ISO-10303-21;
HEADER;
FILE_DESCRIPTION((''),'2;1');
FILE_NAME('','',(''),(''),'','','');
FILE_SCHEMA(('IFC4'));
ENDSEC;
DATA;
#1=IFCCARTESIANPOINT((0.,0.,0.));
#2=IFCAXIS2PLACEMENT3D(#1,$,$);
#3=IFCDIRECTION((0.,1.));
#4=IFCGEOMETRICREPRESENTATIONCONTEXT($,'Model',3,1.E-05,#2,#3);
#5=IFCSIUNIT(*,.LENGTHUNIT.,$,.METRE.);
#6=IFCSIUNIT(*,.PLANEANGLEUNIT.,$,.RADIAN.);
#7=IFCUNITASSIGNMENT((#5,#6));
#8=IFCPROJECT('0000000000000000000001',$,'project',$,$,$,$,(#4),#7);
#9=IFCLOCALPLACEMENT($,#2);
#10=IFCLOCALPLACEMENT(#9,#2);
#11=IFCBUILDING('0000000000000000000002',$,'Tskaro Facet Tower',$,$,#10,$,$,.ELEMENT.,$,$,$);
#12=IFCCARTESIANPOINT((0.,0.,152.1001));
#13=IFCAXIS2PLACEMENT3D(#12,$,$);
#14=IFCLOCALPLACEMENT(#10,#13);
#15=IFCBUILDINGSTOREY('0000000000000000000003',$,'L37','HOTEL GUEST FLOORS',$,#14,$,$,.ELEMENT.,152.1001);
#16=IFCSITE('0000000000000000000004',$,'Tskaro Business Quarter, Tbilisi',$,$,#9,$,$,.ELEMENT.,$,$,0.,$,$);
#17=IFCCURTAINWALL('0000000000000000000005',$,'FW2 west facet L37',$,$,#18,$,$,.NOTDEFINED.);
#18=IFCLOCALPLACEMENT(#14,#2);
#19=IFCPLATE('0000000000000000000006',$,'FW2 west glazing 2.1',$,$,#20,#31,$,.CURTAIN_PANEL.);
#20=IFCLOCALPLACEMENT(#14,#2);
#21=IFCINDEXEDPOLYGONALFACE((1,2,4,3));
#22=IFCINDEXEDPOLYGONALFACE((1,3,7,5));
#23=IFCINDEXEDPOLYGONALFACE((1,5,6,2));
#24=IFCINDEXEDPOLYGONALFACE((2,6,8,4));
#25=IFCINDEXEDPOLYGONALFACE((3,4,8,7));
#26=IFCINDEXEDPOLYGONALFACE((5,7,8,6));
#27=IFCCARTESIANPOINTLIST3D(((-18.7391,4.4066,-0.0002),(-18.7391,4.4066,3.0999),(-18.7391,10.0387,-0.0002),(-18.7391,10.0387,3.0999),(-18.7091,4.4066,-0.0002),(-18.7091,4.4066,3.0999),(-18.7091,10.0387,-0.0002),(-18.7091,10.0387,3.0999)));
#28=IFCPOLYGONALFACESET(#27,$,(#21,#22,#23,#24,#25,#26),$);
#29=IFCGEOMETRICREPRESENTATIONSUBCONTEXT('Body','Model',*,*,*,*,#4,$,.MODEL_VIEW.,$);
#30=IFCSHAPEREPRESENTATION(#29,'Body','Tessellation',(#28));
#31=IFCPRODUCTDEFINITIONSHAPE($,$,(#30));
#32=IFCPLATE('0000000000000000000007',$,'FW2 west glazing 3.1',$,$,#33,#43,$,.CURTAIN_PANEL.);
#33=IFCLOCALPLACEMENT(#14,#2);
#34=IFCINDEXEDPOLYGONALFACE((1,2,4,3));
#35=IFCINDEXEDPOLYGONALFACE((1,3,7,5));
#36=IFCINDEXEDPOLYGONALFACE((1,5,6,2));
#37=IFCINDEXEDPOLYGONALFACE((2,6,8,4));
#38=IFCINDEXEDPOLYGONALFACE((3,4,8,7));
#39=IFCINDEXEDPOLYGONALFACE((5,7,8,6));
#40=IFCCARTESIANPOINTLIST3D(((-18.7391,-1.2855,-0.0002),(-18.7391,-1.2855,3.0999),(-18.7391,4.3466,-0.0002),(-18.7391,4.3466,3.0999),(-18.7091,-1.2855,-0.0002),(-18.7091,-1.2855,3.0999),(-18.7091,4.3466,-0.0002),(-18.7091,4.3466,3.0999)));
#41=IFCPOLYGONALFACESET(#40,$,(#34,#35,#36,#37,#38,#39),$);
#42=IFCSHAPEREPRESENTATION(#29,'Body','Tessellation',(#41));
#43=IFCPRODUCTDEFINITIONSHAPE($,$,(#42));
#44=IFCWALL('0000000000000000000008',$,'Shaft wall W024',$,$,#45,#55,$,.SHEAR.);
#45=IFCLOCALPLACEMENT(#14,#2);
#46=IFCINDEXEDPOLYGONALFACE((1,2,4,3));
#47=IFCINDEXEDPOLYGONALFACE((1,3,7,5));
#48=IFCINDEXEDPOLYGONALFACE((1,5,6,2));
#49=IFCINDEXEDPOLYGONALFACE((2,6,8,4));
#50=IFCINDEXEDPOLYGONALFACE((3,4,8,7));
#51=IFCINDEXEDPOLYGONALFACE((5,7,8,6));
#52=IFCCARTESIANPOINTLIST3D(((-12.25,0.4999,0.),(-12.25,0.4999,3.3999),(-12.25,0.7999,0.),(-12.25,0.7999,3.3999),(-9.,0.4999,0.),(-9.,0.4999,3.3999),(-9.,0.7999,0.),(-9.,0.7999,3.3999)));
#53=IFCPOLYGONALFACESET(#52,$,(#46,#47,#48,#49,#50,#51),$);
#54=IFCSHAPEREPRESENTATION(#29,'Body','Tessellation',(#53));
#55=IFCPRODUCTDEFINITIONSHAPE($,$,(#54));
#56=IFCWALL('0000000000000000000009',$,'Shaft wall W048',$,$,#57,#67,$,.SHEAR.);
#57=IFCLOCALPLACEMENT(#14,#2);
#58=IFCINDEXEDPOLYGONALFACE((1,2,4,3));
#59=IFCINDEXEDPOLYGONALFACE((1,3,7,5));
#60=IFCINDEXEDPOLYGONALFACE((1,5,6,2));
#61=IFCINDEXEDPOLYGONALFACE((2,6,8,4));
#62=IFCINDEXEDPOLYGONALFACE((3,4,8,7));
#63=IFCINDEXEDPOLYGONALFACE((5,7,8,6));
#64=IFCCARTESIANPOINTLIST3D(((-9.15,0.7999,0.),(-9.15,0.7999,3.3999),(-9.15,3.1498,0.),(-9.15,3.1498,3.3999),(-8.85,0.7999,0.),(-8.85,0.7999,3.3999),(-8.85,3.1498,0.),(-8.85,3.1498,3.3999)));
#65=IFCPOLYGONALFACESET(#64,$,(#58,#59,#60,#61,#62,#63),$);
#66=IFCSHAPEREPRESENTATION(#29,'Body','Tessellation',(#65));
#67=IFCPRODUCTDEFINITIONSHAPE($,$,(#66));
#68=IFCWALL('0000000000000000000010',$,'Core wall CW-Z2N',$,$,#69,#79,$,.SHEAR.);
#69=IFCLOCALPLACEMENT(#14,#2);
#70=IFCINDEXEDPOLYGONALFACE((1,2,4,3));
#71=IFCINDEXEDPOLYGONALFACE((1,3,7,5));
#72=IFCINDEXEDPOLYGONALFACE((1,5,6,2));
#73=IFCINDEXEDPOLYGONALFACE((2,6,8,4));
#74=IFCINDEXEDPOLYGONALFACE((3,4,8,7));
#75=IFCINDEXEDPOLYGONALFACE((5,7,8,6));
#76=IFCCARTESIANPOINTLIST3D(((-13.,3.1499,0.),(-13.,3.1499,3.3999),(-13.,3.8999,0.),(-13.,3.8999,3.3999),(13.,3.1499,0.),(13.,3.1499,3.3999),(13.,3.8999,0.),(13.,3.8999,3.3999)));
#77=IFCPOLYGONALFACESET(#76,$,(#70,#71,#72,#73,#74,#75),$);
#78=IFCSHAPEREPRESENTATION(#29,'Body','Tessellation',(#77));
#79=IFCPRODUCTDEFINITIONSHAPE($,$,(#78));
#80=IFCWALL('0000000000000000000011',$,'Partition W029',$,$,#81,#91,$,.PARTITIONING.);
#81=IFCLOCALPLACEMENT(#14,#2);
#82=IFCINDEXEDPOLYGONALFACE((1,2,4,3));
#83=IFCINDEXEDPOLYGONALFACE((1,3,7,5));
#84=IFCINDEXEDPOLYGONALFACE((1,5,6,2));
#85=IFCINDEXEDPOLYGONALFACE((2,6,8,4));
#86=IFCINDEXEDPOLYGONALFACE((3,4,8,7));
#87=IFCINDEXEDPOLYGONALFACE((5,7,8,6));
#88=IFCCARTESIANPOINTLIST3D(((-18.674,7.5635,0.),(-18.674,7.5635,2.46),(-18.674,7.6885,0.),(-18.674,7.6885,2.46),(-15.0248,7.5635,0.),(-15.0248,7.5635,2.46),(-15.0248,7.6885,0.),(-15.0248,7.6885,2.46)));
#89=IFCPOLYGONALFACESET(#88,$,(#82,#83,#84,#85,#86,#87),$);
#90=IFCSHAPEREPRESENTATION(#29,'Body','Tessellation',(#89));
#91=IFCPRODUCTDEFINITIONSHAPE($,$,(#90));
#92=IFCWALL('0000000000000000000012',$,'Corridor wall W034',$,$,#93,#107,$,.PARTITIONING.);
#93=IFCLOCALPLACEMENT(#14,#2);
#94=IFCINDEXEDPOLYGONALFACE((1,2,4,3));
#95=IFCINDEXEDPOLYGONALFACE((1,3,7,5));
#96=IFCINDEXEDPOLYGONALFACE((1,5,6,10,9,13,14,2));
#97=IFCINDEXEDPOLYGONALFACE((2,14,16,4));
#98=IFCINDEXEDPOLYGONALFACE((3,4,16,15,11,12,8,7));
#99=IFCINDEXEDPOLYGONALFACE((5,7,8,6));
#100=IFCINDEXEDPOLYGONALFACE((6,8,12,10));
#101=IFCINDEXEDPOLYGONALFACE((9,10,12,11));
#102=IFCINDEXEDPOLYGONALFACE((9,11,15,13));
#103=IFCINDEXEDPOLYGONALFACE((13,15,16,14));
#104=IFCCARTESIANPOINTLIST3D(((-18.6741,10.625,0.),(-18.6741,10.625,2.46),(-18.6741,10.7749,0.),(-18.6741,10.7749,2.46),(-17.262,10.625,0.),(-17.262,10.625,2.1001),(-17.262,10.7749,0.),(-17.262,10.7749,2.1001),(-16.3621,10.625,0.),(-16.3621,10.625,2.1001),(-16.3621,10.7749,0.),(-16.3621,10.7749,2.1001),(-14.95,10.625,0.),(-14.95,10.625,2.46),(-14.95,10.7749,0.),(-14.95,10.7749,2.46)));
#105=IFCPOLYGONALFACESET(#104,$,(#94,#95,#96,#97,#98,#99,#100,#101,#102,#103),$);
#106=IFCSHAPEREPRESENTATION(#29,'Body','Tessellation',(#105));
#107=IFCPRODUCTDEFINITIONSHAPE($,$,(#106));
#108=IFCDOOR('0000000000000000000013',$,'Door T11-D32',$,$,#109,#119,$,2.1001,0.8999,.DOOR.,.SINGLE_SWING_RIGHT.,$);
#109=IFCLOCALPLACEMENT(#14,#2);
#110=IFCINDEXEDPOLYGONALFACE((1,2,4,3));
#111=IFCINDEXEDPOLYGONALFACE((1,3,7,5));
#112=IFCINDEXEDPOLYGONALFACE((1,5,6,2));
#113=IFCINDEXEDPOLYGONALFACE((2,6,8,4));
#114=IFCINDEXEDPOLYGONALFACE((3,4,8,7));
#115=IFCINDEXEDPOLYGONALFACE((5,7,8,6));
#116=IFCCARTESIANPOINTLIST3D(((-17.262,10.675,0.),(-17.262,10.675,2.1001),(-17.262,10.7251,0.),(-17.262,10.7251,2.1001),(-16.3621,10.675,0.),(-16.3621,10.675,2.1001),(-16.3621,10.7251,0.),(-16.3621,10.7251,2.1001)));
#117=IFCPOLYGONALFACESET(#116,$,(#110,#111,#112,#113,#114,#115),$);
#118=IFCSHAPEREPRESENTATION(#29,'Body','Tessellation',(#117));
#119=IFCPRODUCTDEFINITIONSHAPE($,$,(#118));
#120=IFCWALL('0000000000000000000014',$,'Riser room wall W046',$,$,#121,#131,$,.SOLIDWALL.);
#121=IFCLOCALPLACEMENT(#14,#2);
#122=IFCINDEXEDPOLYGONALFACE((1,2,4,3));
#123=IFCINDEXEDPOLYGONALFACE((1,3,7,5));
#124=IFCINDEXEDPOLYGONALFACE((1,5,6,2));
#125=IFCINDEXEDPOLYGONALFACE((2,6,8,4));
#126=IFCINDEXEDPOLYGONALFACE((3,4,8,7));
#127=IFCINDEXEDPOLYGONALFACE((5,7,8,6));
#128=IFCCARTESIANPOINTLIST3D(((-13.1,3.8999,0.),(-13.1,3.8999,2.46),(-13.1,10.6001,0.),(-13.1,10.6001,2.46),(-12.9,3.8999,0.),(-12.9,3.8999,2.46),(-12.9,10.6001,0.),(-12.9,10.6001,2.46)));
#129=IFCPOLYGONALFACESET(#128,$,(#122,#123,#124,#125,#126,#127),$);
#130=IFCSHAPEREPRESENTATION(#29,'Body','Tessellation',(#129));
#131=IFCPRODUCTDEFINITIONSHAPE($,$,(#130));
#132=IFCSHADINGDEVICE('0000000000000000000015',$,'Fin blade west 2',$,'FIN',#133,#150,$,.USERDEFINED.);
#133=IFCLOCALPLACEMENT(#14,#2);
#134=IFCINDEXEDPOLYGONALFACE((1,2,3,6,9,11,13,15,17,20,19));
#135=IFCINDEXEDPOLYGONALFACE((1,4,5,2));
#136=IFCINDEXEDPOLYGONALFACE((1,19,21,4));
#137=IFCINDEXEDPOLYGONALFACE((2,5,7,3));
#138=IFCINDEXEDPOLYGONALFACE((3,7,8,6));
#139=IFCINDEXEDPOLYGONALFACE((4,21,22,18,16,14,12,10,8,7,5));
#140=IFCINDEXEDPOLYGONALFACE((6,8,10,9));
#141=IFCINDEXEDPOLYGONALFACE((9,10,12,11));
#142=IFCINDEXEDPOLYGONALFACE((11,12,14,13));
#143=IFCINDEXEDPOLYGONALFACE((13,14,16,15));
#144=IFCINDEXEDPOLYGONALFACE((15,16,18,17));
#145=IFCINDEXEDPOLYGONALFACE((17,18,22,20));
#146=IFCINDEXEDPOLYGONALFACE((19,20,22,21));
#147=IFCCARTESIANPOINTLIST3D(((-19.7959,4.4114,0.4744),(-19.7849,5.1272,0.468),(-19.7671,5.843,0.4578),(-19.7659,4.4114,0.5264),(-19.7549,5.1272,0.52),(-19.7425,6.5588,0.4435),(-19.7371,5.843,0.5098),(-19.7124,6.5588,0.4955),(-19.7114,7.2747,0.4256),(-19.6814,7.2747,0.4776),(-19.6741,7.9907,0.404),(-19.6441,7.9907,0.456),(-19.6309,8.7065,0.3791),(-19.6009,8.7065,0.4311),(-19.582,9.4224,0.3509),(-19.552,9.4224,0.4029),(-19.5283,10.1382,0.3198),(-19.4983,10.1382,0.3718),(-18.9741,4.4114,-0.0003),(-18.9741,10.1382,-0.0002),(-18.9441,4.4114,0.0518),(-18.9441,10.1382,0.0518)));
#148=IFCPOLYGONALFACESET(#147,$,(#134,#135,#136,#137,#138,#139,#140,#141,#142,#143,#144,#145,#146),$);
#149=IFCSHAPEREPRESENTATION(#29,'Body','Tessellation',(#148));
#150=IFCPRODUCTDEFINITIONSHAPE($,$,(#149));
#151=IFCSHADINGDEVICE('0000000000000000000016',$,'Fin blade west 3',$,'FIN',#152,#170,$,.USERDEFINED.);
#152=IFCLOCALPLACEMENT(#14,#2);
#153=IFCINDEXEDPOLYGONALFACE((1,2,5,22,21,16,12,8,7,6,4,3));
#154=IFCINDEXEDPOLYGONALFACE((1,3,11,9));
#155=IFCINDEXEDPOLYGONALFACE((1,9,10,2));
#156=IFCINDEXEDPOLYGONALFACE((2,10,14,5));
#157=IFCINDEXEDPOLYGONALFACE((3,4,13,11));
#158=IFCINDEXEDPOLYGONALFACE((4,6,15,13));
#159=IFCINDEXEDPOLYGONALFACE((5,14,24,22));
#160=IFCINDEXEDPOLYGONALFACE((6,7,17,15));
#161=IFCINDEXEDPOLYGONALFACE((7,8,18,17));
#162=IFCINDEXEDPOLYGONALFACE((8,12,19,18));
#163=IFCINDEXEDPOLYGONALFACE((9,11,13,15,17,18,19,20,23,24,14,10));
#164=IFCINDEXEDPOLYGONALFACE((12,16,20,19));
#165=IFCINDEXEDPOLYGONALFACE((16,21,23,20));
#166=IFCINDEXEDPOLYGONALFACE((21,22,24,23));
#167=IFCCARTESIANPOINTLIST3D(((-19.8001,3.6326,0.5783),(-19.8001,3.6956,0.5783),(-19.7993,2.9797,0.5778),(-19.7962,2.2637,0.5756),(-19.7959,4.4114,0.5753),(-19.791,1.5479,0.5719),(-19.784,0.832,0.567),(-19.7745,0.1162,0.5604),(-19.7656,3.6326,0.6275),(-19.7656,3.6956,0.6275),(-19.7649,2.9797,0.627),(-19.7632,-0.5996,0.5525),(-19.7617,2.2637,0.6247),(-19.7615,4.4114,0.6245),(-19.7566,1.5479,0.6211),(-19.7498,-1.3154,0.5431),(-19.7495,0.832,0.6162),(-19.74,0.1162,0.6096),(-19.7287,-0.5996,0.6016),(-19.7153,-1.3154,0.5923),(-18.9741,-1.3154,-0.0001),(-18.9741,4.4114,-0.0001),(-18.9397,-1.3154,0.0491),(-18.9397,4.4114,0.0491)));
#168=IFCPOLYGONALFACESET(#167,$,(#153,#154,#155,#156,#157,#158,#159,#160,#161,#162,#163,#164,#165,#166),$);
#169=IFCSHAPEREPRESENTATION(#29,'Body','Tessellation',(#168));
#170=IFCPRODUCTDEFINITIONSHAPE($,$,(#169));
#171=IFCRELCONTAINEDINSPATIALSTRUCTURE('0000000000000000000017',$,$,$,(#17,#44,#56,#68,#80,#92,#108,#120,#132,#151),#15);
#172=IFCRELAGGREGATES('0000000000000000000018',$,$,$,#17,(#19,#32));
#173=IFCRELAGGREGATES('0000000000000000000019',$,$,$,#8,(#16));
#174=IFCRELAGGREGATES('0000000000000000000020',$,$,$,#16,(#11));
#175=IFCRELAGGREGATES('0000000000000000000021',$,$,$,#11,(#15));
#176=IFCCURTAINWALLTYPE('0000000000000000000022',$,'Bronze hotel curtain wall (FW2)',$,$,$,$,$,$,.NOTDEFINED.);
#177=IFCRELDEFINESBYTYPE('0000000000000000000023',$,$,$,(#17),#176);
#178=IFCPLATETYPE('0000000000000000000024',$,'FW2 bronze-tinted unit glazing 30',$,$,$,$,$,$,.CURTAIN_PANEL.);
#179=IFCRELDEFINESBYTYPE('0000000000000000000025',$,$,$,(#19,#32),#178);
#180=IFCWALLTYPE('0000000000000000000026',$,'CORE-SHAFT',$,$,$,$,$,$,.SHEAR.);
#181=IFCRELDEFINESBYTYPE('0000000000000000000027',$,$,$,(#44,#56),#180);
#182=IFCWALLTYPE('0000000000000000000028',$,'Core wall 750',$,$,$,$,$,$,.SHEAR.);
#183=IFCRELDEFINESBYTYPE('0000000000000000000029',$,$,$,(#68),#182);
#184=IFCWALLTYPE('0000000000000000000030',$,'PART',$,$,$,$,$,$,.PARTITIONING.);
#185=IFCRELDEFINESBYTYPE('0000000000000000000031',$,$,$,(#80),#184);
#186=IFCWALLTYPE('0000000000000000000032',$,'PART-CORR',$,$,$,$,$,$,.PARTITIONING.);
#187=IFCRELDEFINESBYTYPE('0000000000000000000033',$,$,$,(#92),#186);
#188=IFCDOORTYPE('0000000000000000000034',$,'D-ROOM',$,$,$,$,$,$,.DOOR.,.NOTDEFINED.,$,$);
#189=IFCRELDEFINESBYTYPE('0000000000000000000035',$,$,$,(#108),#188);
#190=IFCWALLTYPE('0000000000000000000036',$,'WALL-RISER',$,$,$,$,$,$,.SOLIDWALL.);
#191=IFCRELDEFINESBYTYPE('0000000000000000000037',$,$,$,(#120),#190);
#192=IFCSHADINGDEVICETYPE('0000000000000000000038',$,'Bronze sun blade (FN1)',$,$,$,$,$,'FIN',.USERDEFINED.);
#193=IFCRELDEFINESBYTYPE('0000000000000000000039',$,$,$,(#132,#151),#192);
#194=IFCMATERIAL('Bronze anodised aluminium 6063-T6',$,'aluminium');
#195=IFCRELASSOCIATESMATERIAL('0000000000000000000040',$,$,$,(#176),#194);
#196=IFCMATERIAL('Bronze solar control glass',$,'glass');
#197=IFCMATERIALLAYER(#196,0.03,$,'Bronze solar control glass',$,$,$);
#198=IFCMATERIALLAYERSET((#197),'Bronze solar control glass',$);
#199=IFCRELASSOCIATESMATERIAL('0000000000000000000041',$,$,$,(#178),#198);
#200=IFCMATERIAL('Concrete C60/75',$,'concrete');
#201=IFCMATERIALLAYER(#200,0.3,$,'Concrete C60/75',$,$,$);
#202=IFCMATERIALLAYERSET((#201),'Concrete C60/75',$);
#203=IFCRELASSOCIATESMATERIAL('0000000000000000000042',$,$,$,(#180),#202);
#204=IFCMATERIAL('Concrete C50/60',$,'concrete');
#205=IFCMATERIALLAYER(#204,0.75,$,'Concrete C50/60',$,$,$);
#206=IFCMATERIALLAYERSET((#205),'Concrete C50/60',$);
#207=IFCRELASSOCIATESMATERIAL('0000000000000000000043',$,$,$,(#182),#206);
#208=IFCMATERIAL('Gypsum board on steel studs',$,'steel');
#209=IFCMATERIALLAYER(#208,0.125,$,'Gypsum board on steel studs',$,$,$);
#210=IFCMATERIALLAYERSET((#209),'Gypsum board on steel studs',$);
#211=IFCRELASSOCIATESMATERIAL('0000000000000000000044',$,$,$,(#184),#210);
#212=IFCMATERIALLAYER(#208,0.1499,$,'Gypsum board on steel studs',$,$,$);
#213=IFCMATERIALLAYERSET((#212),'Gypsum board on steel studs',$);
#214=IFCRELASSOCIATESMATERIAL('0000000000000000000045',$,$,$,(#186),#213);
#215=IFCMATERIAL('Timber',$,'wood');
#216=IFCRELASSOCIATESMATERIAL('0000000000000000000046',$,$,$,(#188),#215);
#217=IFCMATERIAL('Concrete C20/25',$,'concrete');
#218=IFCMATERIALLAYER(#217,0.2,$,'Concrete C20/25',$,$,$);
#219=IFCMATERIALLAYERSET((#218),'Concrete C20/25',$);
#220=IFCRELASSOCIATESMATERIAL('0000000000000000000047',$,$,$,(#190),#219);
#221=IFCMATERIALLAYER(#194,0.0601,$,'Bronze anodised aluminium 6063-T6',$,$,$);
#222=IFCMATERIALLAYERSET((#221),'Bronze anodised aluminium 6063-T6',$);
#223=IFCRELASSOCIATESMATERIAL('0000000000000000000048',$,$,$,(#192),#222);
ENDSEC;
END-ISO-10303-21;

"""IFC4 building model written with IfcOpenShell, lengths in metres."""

from ifc_helpers import new_model, si_unit, direction, frame, frame_2d, origin, origin_2d, place, context, subcontext, project, spatial, polyline, rectangle, outline, extrude, material, layer, layer_set, type_object, element, fill, aggregate, save


model = new_model("IFC4")

# Units and contexts
model_context = context("Model", 3, precision=1e-05, world=origin(), true_north=direction((0.0, 1.0)))
body_context = subcontext(model_context, "Body", "Model", "MODEL_VIEW")
ifc_project = project(units=[si_unit("LENGTHUNIT", "METRE"), si_unit("PLANEANGLEUNIT", "RADIAN")], contexts=[model_context])

# Site, building, storey
site_placement = place(None, origin())
site = spatial("IfcSite", under=ifc_project, at=site_placement, Name="Tskaro Business Quarter, Tbilisi", CompositionType="ELEMENT", RefElevation=0.0)
building_placement = place(site_placement, origin())
building = spatial("IfcBuilding", under=site, at=building_placement, Name="Tskaro Facet Tower", CompositionType="ELEMENT")
storey_placement = place(building_placement, frame((0.0, 0.0, 152.1001)))
storey = spatial("IfcBuildingStorey", under=building, at=storey_placement, Name="L37", Description="HOTEL GUEST FLOORS", CompositionType="ELEMENT", Elevation=152.1001)

# Curtain wall
ifc_material_1 = material(Name="Bronze anodised aluminium 6063-T6", Category="aluminium")
curtain_wall_type = type_object("IfcCurtainWallType", Name="Bronze hotel curtain wall (FW2)", PredefinedType="NOTDEFINED", material=ifc_material_1)
curtain_wall_placement = place(storey_placement, origin())
curtain_wall = element("IfcCurtainWall", 1, at=curtain_wall_placement, inside=storey, type_object=curtain_wall_type, Name="FW2 west facet L37", PredefinedType="NOTDEFINED")

# Plates
ifc_material_2 = material(Name="Bronze solar control glass", Category="glass")
ifc_layer_1 = layer(ifc_material_2, 0.03, Name="Bronze solar control glass")
ifc_layer_set_1 = layer_set([ifc_layer_1], Name="Bronze solar control glass")
plate_type = type_object("IfcPlateType", Name="FW2 bronze-tinted unit glazing 30", PredefinedType="CURTAIN_PANEL", material=ifc_layer_set_1)
plate_1_placement = place(storey_placement, frame((-18.7241, 7.2227, -0.0002), z_axis=(0.0, 0.0, 1.0), x_axis=(0.0, -1.0, 0.0)))
plate_1 = element("IfcPlate", 2, at=plate_1_placement, type_object=plate_type, Name="FW2 west glazing 2.1", PredefinedType="CURTAIN_PANEL", context=body_context, shape_type="SweptSolid", body=[
    extrude(rectangle(XDim=5.6321, YDim=0.03, at=origin_2d()), origin(), (0.0, 0.0, 1.0), 3.1001),
])
plate_2_placement = place(storey_placement, frame((-18.7241, 1.5305, -0.0002), z_axis=(0.0, 0.0, 1.0), x_axis=(0.0, -1.0, 0.0)))
plate_2 = element("IfcPlate", 3, at=plate_2_placement, type_object=plate_type, Name="FW2 west glazing 3.1", PredefinedType="CURTAIN_PANEL", context=body_context, shape_type="SweptSolid", body=[
    extrude(rectangle(XDim=5.6321, YDim=0.03, at=origin_2d()), origin(), (0.0, 0.0, 1.0), 3.1001),
])
aggregate(curtain_wall, [plate_1, plate_2])

# Walls
ifc_material_3 = material(Name="Concrete C60/75", Category="concrete")
ifc_layer_2 = layer(ifc_material_3, 0.3, Name="Concrete C60/75")
ifc_layer_set_2 = layer_set([ifc_layer_2], Name="Concrete C60/75")
wall_type_1 = type_object("IfcWallType", Name="CORE-SHAFT", PredefinedType="SHEAR", material=ifc_layer_set_2)
wall_1_placement = place(storey_placement, frame((-9.0, 0.6499, 0.0), z_axis=(0.0, 0.0, 1.0), x_axis=(-1.0, 0.0, 0.0)))
element("IfcWall", 4, at=wall_1_placement, inside=storey, type_object=wall_type_1, Name="Shaft wall W024", PredefinedType="SHEAR", context=body_context, shape_type="SweptSolid", body=[
    extrude(rectangle(XDim=3.25, YDim=0.3, at=frame_2d((1.625, 0.0))), origin(), (0.0, 0.0, 1.0), 3.3999),
])
wall_2_placement = place(storey_placement, frame((-9.0, 0.8, 0.0), z_axis=(0.0, 0.0, 1.0), x_axis=(0.0, 1.0, 0.0)))
element("IfcWall", 5, at=wall_2_placement, inside=storey, type_object=wall_type_1, Name="Shaft wall W048", PredefinedType="SHEAR", context=body_context, shape_type="SweptSolid", body=[
    extrude(rectangle(XDim=2.3499, YDim=0.3, at=frame_2d((1.1748, 0.0))), origin(), (0.0, 0.0, 1.0), 3.3999),
])
ifc_material_4 = material(Name="Concrete C50/60", Category="concrete")
ifc_layer_3 = layer(ifc_material_4, 0.75, Name="Concrete C50/60")
ifc_layer_set_3 = layer_set([ifc_layer_3], Name="Concrete C50/60")
wall_type_2 = type_object("IfcWallType", Name="Core wall 750", PredefinedType="SHEAR", material=ifc_layer_set_3)
wall_3_placement = place(storey_placement, frame((-13.0, 3.5249, 0.0), z_axis=(0.0, 0.0, 1.0), x_axis=(1.0, 0.0, 0.0)))
element("IfcWall", 6, at=wall_3_placement, inside=storey, type_object=wall_type_2, Name="Core wall CW-Z2N", PredefinedType="SHEAR", context=body_context, shape_type="SweptSolid", body=[
    extrude(rectangle(XDim=26.0, YDim=0.75, at=frame_2d((13.0, 0.0))), origin(), (0.0, 0.0, 1.0), 3.3999),
])
ifc_material_5 = material(Name="Gypsum board on steel studs", Category="steel")
ifc_layer_4 = layer(ifc_material_5, 0.125, Name="Gypsum board on steel studs")
ifc_layer_set_4 = layer_set([ifc_layer_4], Name="Gypsum board on steel studs")
wall_type_3 = type_object("IfcWallType", Name="PART", PredefinedType="PARTITIONING", material=ifc_layer_set_4)
wall_4_placement = place(storey_placement, frame((-18.6741, 7.626, 0.0), z_axis=(0.0, 0.0, 1.0), x_axis=(1.0, 0.0, 0.0)))
element("IfcWall", 7, at=wall_4_placement, inside=storey, type_object=wall_type_3, Name="Partition W029", PredefinedType="PARTITIONING", context=body_context, shape_type="SweptSolid", body=[
    extrude(rectangle(XDim=3.6492, YDim=0.125, at=frame_2d((1.8247, 0.0))), origin(), (0.0, 0.0, 1.0), 2.46),
])

# Wall, opening, door
ifc_layer_5 = layer(ifc_material_5, 0.1499, Name="Gypsum board on steel studs")
ifc_layer_set_5 = layer_set([ifc_layer_5], Name="Gypsum board on steel studs")
wall_type_4 = type_object("IfcWallType", Name="PART-CORR", PredefinedType="PARTITIONING", material=ifc_layer_set_5)
wall_5_placement = place(storey_placement, frame((-14.95, 10.7, 0.0), z_axis=(0.0, 0.0, 1.0), x_axis=(-1.0, 0.0, 0.0)))
wall_5 = element("IfcWall", 8, at=wall_5_placement, inside=storey, type_object=wall_type_4, Name="Corridor wall W034", PredefinedType="PARTITIONING", context=body_context, shape_type="SweptSolid", body=[
    extrude(rectangle(XDim=3.7241, YDim=0.1499, at=frame_2d((1.8621, 0.0))), origin(), (0.0, 0.0, 1.0), 2.46),
])
opening_placement = place(wall_5_placement, frame((1.4121, 0.0, 0.0)))
opening = element("IfcOpeningElement", 9, at=opening_placement, cuts=wall_5, PredefinedType="OPENING", context=body_context, shape_type="SweptSolid", body=[
    extrude(rectangle(XDim=0.8999, YDim=2.1001, at=frame_2d((0.45, 1.05))), frame((0.0, 0.085, 0.0), z_axis=(0.0, -1.0, 0.0), x_axis=(1.0, 0.0, 0.0)), (0.0, 0.0, 1.0), 0.1699),
])
ifc_material_6 = material(Name="Timber", Category="wood")
door_type = type_object("IfcDoorType", Name="D-ROOM", OperationType="NOTDEFINED", PredefinedType="DOOR", material=ifc_material_6)
door_placement = place(opening_placement, origin())
door = element("IfcDoor", 10, at=door_placement, inside=storey, type_object=door_type, Name="Door T11-D32", OperationType="SINGLE_SWING_RIGHT", OverallHeight=2.1001, OverallWidth=0.8999, PredefinedType="DOOR", context=body_context, shape_type="SweptSolid", body=[
    extrude(rectangle(XDim=0.8999, YDim=2.1001, at=frame_2d((0.45, 1.05))), frame((0.0, 0.0249, 0.0), z_axis=(0.0, -1.0, 0.0), x_axis=(1.0, 0.0, 0.0)), (0.0, 0.0, 1.0), 0.05),
])
fill(opening, door)

# Wall
ifc_material_7 = material(Name="Concrete C20/25", Category="concrete")
ifc_layer_6 = layer(ifc_material_7, 0.2, Name="Concrete C20/25")
ifc_layer_set_6 = layer_set([ifc_layer_6], Name="Concrete C20/25")
wall_type_5 = type_object("IfcWallType", Name="WALL-RISER", PredefinedType="SOLIDWALL", material=ifc_layer_set_6)
wall_6_placement = place(storey_placement, frame((-13.0, 3.8999, 0.0), z_axis=(0.0, 0.0, 1.0), x_axis=(0.0, 1.0, 0.0)))
element("IfcWall", 11, at=wall_6_placement, inside=storey, type_object=wall_type_5, Name="Riser room wall W046", PredefinedType="SOLIDWALL", context=body_context, shape_type="SweptSolid", body=[
    extrude(rectangle(XDim=6.7002, YDim=0.2, at=frame_2d((3.3501, 0.0))), origin(), (0.0, 0.0, 1.0), 2.46),
])

# Shading devices
ifc_layer_7 = layer(ifc_material_1, 0.0601, Name="Bronze anodised aluminium 6063-T6")
ifc_layer_set_7 = layer_set([ifc_layer_7], Name="Bronze anodised aluminium 6063-T6")
shading_device_type = type_object("IfcShadingDeviceType", Name="Bronze sun blade (FN1)", ElementType="FIN", PredefinedType="USERDEFINED", material=ifc_layer_set_7)
shading_device_1_placement = place(storey_placement, frame((-18.9441, 10.1382, 0.0518), z_axis=(0.50015, -0.000001, 0.865939), x_axis=(-0.000001, -1.0, -0.000001)))
element("IfcShadingDevice", 12, at=shading_device_1_placement, inside=storey, type_object=shading_device_type, Name="Fin blade west 2", ObjectType="FIN", PredefinedType="USERDEFINED", context=body_context, shape_type="SweptSolid", body=[
    extrude(outline(polyline([(0.0, 0.0), (5.7268, 0.0), (5.7268, -0.949), (5.011, -0.9363), (4.2952, -0.9157), (3.5793, -0.8873), (2.8635, -0.8514), (2.1475, -0.8083), (1.4316, -0.7584), (0.7158, -0.702), (0.0, -0.64), (0.0, 0.0)])), origin(), (0.0, 0.0, -1.0), 0.0601),
])
shading_device_2_placement = place(storey_placement, frame((-18.9397, 4.4114, 0.0491), z_axis=(0.573625, 0.000006, 0.819118), x_axis=(0.000004, -1.0, 0.000005)))
element("IfcShadingDevice", 13, at=shading_device_2_placement, inside=storey, type_object=shading_device_type, Name="Fin blade west 3", ObjectType="FIN", PredefinedType="USERDEFINED", context=body_context, shape_type="SweptSolid", body=[
    extrude(outline(polyline([(0.0, 0.0), (5.7268, 0.0), (5.7268, -0.9469), (5.011, -0.9633), (4.2952, -0.9771), (3.5793, -0.9887), (2.8635, -0.9973), (2.1477, -1.0036), (1.4316, -1.0074), (0.7788, -1.0083), (0.7158, -1.0083), (0.0, -1.0032), (0.0, 0.0)])), origin(), (0.0, 0.0, -1.0), 0.0601),
])

save(model, "model.ifc")
